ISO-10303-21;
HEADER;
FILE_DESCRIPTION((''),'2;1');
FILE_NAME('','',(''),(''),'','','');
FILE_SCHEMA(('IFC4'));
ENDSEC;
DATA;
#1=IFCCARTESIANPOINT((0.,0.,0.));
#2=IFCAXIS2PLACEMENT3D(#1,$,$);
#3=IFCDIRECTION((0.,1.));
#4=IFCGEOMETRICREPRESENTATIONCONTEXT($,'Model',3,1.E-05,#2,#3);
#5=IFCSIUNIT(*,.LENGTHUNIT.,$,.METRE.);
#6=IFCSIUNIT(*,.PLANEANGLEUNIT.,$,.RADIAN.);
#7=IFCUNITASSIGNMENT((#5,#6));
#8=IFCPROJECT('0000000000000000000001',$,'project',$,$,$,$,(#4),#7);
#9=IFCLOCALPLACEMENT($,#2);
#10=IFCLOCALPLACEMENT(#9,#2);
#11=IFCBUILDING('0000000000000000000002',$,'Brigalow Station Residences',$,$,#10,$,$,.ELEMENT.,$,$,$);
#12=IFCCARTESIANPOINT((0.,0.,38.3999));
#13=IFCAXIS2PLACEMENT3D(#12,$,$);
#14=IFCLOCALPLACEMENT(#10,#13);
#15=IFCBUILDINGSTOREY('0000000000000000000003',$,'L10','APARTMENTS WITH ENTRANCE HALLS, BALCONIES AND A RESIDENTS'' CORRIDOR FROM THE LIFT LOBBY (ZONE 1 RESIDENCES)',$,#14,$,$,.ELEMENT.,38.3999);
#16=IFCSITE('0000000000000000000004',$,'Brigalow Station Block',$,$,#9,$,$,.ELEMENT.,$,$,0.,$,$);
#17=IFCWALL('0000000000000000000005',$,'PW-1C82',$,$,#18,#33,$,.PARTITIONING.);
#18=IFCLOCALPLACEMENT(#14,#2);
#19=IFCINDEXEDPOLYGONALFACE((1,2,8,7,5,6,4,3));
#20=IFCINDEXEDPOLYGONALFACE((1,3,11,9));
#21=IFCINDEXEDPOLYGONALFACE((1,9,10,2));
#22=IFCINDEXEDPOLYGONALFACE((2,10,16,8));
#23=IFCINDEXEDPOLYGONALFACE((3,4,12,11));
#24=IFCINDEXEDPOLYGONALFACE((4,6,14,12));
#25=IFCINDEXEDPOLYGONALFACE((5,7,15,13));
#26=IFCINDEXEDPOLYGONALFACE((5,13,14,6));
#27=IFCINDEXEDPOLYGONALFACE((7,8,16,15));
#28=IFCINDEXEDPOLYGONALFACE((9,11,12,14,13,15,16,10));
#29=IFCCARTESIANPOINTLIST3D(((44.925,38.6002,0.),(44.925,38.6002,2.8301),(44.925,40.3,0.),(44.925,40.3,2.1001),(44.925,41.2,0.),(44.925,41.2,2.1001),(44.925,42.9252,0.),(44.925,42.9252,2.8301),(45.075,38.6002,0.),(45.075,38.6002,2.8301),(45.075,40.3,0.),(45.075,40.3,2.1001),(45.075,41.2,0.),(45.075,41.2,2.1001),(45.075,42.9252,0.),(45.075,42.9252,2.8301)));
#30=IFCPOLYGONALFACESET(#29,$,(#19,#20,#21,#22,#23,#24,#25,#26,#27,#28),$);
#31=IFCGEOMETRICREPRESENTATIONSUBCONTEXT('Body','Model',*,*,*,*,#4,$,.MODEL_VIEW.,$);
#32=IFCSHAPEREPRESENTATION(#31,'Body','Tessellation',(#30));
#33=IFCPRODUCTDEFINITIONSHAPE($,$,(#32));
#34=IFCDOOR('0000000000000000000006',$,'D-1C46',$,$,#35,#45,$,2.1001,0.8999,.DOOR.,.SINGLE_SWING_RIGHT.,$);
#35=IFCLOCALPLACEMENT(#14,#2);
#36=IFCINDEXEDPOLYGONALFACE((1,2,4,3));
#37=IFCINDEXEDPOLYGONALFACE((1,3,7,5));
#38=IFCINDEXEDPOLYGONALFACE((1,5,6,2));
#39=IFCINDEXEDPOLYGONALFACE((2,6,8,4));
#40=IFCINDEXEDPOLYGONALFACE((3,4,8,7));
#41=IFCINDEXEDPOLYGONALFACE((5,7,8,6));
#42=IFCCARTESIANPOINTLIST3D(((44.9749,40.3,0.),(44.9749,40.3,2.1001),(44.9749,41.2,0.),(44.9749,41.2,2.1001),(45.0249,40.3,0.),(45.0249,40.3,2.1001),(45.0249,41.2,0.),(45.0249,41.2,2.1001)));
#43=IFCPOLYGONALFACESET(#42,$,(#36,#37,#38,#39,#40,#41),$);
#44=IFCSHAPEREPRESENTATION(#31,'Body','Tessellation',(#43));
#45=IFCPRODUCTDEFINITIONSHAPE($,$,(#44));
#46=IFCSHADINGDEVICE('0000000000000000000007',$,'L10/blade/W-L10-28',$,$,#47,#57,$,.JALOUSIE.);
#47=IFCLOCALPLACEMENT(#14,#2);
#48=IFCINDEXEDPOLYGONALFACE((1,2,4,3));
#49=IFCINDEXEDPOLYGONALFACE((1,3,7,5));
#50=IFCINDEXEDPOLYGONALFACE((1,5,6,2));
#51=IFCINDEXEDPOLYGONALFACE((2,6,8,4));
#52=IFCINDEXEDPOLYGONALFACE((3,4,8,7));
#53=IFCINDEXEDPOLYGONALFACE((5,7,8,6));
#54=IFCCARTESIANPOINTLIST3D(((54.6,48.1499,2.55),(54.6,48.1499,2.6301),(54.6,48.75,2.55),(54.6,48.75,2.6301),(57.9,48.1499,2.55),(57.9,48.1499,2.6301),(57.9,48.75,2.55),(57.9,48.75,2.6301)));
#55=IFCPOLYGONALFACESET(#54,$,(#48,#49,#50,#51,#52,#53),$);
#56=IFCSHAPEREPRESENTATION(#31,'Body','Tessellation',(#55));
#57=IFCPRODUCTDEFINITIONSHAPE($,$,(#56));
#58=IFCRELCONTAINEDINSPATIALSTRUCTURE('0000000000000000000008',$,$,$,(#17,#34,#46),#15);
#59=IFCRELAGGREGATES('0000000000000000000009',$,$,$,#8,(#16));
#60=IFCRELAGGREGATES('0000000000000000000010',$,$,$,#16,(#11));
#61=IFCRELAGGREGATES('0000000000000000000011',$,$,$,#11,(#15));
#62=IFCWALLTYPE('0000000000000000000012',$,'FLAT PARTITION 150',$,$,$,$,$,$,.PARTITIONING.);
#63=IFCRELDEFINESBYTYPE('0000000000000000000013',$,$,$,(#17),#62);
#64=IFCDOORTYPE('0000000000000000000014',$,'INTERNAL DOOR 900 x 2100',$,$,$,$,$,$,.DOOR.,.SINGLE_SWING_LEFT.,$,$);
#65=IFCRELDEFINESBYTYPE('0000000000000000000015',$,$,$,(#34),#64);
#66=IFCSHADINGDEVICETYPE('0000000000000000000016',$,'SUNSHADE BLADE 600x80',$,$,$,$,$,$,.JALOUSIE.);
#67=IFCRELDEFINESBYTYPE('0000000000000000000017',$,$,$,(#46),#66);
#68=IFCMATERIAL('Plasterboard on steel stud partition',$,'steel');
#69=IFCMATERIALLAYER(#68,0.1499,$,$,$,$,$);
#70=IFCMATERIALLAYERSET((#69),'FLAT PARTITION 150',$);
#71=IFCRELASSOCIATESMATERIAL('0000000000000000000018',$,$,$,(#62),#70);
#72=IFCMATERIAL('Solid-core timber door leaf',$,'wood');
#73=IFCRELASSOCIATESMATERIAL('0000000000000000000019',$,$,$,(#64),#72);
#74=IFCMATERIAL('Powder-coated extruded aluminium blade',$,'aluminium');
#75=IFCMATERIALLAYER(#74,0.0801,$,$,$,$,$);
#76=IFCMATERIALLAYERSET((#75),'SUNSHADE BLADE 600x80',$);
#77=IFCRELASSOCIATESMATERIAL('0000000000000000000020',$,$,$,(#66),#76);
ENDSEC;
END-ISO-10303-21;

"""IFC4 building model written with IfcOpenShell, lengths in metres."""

from ifc_helpers import new_model, si_unit, direction, frame, frame_2d, origin, origin_2d, place, context, subcontext, project, spatial, rectangle, extrude, material, layer, layer_set, type_object, element, fill, save


model = new_model("IFC4")

# Units and contexts
model_context = context("Model", 3, precision=1e-05, world=origin(), true_north=direction((0.0, 1.0)))
body_context = subcontext(model_context, "Body", "Model", "MODEL_VIEW")
ifc_project = project(units=[si_unit("LENGTHUNIT", "METRE"), si_unit("PLANEANGLEUNIT", "RADIAN")], contexts=[model_context])

# Site, building, storey
site_placement = place(None, origin())
site = spatial("IfcSite", under=ifc_project, at=site_placement, Name="Brigalow Station Block", CompositionType="ELEMENT", RefElevation=0.0)
building_placement = place(site_placement, origin())
building = spatial("IfcBuilding", under=site, at=building_placement, Name="Brigalow Station Residences", CompositionType="ELEMENT")
storey_placement = place(building_placement, frame((0.0, 0.0, 38.3999)))
storey = spatial("IfcBuildingStorey", under=building, at=storey_placement, Name="L10", Description="APARTMENTS WITH ENTRANCE HALLS, BALCONIES AND A RESIDENTS' CORRIDOR FROM THE LIFT LOBBY (ZONE 1 RESIDENCES)", CompositionType="ELEMENT", Elevation=38.3999)

# Shared definitions
ifc_material_1 = material(Name="Plasterboard on steel stud partition", Category="steel")
ifc_layer_1 = layer(ifc_material_1, 0.1499)
ifc_layer_set_1 = layer_set([ifc_layer_1], Name="FLAT PARTITION 150")
wall_type_1 = type_object("IfcWallType", Name="FLAT PARTITION 150", PredefinedType="PARTITIONING", material=ifc_layer_set_1)
ifc_material_2 = material(Name="Solid-core timber door leaf", Category="wood")
door_type_1 = type_object("IfcDoorType", Name="INTERNAL DOOR 900 x 2100", OperationType="SINGLE_SWING_LEFT", PredefinedType="DOOR", material=ifc_material_2)

# Wall, opening, door
wall_1_placement = place(storey_placement, frame((45.0, 38.6001, 0.0), z_axis=(0.0, 0.0, 1.0), x_axis=(0.0, 1.0, 0.0)))
wall_1 = element("IfcWall", 1, at=wall_1_placement, inside=storey, type_object=wall_type_1, Name="PW-1C82", PredefinedType="PARTITIONING", context=body_context, shape_type="SweptSolid", body=[
    extrude(rectangle(XDim=4.325, YDim=0.1499, at=frame_2d((2.1626, 0.0))), origin(), (0.0, 0.0, 1.0), 2.8301),
])
opening_1_placement = place(wall_1_placement, frame((1.7, 0.0, 0.0)))
opening_1 = element("IfcOpeningElement", 2, at=opening_1_placement, cuts=wall_1, PredefinedType="OPENING", context=body_context, shape_type="SweptSolid", body=[
    extrude(rectangle(XDim=0.8999, YDim=2.1001, at=frame_2d((0.45, 1.05))), frame((0.0, 0.085, 0.0), z_axis=(0.0, -1.0, 0.0), x_axis=(1.0, 0.0, 0.0)), (0.0, 0.0, 1.0), 0.1699),
])
door_1_placement = place(opening_1_placement, frame((0.8999, 0.0, 0.0), z_axis=(0.0, 0.0, 1.0), x_axis=(-1.0, 0.0, 0.0)))
door_1 = element("IfcDoor", 3, at=door_1_placement, inside=storey, type_object=door_type_1, Name="D-1C46", OperationType="SINGLE_SWING_RIGHT", OverallHeight=2.1001, OverallWidth=0.8999, PredefinedType="DOOR", context=body_context, shape_type="SweptSolid", body=[
    extrude(rectangle(XDim=0.8999, YDim=2.1001, at=frame_2d((0.45, 1.05))), frame((0.0, 0.0249, 0.0), z_axis=(0.0, -1.0, 0.0), x_axis=(1.0, 0.0, 0.0)), (0.0, 0.0, 1.0), 0.05),
])
fill(opening_1, door_1)

# Shading device
ifc_material_3 = material(Name="Powder-coated extruded aluminium blade", Category="aluminium")
ifc_layer_2 = layer(ifc_material_3, 0.0801)
ifc_layer_set_2 = layer_set([ifc_layer_2], Name="SUNSHADE BLADE 600x80")
shading_device_type = type_object("IfcShadingDeviceType", Name="SUNSHADE BLADE 600x80", PredefinedType="JALOUSIE", material=ifc_layer_set_2)
shading_device_placement = place(storey_placement, frame((56.25, 48.45, 2.55), z_axis=(0.0, 0.0, 1.0), x_axis=(-1.0, 0.0, 0.0)))
element("IfcShadingDevice", 4, at=shading_device_placement, inside=storey, type_object=shading_device_type, Name="L10/blade/W-L10-28", PredefinedType="JALOUSIE", context=body_context, shape_type="SweptSolid", body=[
    extrude(rectangle(XDim=3.3, YDim=0.6001, at=origin_2d()), origin(), (0.0, 0.0, 1.0), 0.0801),
])

save(model, "model.ifc")
